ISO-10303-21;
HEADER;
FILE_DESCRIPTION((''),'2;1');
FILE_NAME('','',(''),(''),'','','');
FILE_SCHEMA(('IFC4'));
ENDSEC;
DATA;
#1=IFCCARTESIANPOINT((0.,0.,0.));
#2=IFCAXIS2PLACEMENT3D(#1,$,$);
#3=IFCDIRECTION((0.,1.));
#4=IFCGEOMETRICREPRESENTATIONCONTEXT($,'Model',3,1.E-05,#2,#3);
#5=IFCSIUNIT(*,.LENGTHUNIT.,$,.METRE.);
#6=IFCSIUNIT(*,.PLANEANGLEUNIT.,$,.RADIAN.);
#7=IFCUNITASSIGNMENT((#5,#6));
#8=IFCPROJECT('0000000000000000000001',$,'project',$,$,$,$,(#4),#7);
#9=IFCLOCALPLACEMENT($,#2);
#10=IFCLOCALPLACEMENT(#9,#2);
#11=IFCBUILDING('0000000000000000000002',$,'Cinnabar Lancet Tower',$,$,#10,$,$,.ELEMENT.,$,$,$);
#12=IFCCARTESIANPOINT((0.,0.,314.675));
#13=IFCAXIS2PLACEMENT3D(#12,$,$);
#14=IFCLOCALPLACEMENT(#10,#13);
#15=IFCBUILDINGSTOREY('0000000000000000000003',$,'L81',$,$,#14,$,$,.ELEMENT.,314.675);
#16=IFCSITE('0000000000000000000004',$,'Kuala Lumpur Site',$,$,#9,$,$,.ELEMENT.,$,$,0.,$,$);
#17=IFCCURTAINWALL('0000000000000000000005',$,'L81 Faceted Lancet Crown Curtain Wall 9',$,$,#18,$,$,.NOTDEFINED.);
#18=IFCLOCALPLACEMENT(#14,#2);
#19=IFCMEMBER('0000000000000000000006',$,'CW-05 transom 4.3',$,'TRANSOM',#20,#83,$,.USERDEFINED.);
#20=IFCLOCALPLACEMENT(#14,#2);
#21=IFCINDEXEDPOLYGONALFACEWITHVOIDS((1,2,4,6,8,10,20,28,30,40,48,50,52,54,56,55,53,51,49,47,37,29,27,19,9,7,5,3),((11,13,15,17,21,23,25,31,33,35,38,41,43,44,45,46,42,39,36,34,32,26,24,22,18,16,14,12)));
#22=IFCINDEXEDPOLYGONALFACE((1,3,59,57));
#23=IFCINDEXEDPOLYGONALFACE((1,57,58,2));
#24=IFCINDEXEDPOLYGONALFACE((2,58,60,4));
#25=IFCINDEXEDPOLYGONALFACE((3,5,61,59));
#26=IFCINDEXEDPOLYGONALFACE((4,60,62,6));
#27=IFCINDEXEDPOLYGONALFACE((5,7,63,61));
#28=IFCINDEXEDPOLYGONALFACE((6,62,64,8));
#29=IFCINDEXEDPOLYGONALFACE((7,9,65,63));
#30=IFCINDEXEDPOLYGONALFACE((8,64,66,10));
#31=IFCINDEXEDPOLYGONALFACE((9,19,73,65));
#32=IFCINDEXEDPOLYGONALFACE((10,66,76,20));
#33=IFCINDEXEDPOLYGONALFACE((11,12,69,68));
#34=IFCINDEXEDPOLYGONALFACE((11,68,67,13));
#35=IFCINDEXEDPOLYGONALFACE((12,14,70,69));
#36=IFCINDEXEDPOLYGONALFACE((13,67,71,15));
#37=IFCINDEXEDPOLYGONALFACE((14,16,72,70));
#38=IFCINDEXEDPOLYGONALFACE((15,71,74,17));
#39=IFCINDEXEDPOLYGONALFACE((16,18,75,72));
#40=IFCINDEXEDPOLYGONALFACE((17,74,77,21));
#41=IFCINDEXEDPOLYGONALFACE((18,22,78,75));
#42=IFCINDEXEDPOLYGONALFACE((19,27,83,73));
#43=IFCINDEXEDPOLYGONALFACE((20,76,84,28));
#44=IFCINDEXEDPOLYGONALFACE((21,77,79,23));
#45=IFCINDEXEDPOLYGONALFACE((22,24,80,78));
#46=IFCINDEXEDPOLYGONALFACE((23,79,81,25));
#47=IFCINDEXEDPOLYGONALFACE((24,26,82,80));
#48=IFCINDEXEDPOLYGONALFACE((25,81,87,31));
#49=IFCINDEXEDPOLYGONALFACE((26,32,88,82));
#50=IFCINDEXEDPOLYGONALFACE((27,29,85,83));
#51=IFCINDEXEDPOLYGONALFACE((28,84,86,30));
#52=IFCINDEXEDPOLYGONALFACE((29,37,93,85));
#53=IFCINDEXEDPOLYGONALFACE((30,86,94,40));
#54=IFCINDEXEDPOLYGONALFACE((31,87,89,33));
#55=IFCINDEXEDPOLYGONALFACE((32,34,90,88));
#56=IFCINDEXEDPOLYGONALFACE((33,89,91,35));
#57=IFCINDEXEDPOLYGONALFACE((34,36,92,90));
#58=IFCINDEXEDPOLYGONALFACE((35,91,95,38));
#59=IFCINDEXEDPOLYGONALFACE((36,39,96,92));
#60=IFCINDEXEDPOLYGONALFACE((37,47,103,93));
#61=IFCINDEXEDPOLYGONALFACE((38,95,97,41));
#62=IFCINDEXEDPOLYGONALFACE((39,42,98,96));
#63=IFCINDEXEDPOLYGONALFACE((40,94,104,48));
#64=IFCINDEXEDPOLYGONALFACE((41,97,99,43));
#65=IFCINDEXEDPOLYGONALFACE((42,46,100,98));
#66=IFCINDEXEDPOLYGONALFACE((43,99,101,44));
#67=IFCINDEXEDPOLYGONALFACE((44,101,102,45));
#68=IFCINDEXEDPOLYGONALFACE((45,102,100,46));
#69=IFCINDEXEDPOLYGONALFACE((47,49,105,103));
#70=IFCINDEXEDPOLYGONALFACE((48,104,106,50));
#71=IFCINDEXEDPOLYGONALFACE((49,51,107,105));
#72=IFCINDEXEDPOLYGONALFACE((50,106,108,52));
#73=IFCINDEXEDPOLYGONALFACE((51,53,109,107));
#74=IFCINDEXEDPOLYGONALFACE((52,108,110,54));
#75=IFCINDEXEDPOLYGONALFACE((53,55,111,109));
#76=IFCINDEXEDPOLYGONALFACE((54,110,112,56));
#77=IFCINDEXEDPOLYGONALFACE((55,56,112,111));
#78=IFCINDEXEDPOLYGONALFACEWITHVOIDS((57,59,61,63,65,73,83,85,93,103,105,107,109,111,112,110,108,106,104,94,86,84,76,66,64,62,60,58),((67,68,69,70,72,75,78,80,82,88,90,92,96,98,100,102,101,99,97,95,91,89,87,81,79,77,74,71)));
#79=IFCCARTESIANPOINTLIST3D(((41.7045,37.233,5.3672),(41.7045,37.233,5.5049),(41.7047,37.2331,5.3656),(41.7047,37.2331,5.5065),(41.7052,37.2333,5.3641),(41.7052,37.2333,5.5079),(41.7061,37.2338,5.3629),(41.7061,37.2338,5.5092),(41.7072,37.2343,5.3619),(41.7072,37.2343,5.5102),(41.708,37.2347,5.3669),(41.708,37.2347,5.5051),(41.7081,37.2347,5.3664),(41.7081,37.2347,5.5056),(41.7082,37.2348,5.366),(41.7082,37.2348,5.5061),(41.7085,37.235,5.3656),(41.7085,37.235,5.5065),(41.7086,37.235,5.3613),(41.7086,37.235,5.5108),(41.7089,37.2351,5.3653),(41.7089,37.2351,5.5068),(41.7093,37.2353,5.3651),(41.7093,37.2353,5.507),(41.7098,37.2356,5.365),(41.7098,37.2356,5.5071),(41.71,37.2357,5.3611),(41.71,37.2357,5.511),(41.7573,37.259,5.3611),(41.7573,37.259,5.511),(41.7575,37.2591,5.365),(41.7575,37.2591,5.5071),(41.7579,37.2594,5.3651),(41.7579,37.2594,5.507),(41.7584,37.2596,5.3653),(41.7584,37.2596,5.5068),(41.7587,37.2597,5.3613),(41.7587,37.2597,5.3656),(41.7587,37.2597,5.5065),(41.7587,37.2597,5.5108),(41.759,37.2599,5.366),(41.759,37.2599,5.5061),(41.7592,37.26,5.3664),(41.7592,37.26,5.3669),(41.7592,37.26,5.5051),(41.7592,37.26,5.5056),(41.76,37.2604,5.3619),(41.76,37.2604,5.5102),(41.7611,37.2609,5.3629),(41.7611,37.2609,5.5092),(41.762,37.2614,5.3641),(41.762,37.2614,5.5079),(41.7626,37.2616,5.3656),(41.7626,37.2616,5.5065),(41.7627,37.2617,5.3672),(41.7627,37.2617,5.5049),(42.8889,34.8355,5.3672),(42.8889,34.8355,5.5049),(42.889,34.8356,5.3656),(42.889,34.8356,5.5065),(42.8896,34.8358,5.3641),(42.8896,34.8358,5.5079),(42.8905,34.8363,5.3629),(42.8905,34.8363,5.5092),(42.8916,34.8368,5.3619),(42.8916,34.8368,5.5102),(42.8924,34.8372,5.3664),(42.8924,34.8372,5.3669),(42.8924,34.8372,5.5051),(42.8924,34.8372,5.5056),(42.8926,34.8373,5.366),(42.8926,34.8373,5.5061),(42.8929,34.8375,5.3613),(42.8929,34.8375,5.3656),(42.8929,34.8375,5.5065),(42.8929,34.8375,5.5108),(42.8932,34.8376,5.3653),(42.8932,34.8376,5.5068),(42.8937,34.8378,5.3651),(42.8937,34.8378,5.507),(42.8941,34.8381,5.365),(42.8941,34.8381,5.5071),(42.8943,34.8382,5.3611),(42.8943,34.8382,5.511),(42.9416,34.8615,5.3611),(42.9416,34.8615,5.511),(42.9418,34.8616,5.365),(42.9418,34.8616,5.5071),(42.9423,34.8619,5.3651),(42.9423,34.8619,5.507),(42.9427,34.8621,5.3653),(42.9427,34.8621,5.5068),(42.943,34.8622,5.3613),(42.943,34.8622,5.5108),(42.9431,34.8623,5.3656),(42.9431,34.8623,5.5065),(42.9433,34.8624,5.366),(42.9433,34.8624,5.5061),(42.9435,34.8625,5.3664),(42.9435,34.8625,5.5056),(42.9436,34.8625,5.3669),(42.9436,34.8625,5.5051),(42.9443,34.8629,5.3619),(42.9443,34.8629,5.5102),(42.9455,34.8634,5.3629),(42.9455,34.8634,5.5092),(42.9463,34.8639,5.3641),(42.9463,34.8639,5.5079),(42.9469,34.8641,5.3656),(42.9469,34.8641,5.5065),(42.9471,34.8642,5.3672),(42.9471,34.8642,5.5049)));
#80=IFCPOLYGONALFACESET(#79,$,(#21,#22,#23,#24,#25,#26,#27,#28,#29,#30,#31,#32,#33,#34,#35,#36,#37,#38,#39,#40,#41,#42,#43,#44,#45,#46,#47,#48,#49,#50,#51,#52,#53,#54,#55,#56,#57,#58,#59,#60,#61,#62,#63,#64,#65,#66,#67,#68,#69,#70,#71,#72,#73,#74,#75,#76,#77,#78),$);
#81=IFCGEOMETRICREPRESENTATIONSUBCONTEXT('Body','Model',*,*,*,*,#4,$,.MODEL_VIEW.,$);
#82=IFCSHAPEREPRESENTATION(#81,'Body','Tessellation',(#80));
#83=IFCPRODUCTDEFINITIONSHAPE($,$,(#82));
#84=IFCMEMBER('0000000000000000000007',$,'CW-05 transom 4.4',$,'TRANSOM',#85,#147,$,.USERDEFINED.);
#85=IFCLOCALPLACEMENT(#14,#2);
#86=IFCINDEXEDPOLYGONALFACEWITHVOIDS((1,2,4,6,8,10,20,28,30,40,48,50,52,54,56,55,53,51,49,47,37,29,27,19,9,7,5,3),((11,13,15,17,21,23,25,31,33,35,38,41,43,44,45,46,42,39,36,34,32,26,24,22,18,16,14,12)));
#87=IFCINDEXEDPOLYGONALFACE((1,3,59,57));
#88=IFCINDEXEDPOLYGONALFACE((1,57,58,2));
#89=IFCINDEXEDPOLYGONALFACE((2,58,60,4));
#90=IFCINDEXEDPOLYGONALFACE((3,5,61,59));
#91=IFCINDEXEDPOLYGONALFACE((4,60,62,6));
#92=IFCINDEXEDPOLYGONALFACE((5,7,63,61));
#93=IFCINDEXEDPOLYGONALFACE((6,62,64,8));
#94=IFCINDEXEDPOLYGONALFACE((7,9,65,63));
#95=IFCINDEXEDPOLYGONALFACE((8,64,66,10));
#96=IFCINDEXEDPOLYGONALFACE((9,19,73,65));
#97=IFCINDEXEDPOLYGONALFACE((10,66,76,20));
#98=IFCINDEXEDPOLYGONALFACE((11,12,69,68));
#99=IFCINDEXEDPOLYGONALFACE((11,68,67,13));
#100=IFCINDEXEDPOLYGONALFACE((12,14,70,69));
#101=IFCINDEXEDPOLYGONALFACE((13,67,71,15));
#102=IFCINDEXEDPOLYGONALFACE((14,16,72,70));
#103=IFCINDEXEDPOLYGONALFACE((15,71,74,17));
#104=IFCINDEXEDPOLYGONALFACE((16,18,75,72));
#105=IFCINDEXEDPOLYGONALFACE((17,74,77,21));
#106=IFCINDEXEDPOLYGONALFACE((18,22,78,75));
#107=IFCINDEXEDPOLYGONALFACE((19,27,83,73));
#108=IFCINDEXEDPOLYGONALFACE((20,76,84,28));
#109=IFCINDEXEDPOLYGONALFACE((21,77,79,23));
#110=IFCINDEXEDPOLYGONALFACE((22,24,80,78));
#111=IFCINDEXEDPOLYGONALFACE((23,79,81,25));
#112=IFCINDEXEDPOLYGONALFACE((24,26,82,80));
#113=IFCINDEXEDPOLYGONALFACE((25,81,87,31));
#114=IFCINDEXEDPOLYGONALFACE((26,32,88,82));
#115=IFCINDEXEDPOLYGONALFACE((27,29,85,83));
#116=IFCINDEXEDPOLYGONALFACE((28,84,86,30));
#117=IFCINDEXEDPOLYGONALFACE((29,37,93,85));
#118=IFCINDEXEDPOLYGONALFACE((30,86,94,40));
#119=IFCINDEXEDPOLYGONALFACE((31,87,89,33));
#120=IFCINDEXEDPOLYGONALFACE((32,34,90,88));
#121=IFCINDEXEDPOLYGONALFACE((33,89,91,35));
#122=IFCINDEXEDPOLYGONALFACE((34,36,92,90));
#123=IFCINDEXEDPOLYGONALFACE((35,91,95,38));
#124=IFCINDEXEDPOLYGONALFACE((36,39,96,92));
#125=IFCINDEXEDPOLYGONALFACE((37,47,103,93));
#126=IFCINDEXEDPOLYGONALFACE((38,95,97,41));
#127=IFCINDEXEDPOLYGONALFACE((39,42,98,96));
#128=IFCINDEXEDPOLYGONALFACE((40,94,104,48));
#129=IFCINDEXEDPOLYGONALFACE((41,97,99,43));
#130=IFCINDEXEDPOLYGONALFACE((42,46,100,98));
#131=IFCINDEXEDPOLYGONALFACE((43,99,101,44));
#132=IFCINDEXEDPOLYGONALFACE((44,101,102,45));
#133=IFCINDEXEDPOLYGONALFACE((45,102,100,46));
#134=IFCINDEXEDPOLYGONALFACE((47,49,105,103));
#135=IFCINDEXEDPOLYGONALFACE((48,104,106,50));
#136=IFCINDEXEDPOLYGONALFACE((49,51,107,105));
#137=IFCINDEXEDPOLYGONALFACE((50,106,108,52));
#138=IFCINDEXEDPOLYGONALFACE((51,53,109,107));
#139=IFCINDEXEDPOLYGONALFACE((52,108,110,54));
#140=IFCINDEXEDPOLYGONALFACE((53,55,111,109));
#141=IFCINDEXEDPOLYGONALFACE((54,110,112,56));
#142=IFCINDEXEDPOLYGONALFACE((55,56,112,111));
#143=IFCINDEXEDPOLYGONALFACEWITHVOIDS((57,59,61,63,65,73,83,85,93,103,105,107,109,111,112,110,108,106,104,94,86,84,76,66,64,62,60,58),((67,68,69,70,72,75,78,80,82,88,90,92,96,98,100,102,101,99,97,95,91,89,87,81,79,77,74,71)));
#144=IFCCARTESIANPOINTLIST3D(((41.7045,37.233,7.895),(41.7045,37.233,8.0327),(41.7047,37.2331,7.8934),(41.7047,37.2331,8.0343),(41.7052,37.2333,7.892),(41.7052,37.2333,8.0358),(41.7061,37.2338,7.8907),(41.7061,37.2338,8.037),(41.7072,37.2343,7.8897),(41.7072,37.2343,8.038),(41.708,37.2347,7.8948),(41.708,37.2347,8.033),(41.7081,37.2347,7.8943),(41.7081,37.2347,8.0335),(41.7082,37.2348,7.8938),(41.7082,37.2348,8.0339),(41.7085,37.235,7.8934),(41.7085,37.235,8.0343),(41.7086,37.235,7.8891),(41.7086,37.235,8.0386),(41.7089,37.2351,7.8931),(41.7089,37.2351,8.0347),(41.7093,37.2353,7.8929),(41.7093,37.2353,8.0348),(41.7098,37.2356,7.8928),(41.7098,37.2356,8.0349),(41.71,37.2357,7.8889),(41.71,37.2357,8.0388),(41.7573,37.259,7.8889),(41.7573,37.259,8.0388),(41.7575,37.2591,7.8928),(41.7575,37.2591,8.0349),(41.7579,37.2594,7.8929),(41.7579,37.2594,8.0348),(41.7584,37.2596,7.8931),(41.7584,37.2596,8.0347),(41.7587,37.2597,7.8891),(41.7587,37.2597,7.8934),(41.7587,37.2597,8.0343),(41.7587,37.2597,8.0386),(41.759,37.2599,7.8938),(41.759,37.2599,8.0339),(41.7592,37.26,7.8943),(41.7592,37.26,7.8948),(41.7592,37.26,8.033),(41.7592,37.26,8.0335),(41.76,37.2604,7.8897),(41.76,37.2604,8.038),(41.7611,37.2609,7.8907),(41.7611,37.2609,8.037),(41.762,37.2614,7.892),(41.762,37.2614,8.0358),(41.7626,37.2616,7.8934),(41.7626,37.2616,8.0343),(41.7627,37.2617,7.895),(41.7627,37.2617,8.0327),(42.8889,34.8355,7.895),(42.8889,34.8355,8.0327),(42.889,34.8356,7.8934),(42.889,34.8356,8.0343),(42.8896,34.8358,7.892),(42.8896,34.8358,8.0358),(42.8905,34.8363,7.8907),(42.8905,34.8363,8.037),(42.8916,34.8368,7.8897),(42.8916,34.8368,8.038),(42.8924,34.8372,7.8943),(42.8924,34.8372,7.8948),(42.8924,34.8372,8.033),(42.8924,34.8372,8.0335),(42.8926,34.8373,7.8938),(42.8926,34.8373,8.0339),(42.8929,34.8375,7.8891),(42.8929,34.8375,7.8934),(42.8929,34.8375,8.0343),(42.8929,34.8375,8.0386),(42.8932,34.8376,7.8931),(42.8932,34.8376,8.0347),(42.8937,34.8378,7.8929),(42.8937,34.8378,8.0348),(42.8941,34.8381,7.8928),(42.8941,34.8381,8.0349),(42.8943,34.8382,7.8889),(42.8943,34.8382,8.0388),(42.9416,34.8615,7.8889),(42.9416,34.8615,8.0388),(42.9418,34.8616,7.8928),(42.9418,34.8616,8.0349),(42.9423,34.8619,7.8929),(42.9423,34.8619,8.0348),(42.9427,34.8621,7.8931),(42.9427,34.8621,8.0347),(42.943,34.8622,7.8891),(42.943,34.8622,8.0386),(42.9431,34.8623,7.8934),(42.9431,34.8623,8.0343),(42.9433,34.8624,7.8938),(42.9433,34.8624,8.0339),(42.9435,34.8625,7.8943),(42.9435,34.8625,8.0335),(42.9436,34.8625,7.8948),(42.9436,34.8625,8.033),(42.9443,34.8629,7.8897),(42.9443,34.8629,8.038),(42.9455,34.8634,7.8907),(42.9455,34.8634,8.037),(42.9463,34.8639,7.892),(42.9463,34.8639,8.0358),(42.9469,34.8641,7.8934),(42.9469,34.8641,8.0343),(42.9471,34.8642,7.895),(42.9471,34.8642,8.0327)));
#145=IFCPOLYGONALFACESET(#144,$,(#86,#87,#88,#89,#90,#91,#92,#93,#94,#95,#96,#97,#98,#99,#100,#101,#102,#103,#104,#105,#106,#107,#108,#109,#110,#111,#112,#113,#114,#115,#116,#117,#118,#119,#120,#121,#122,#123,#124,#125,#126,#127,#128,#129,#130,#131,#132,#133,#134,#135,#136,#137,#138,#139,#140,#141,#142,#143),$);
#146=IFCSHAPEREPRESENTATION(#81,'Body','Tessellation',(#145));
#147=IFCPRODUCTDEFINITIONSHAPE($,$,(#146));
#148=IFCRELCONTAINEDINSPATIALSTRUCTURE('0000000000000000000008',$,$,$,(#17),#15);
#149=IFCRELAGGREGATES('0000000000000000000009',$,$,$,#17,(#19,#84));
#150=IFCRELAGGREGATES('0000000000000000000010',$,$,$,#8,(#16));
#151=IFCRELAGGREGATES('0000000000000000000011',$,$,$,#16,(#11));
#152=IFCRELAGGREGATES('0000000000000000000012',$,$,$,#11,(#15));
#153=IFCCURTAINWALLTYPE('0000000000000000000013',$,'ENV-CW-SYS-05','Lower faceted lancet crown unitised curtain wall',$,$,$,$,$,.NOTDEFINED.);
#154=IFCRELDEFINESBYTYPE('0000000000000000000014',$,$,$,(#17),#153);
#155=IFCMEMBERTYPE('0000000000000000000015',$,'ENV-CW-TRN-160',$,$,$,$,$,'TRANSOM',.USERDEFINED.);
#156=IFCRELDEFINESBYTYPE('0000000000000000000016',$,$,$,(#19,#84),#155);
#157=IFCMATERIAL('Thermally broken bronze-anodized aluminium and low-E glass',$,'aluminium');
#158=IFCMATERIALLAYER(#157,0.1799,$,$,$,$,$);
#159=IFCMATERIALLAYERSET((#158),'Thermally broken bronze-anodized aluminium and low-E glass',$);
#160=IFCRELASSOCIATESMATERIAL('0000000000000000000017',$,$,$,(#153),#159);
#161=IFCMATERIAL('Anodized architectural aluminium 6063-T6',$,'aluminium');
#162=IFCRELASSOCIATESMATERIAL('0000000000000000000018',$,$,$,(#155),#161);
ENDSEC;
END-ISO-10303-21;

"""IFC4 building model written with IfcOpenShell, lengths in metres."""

from ifc_helpers import new_model, si_unit, direction, frame, origin, origin_2d, place, context, subcontext, project, spatial, hollow_rectangle, extrude, material, layer, layer_set, material_profile, profile_set, type_object, element, aggregate, save


model = new_model("IFC4")

# Units and contexts
model_context = context("Model", 3, precision=1e-05, world=origin(), true_north=direction((0.0, 1.0)))
body_context = subcontext(model_context, "Body", "Model", "MODEL_VIEW")
ifc_project = project(units=[si_unit("LENGTHUNIT", "METRE"), si_unit("PLANEANGLEUNIT", "RADIAN")], contexts=[model_context])

# Site, building, storey
site_placement = place(None, origin())
site = spatial("IfcSite", under=ifc_project, at=site_placement, Name="Kuala Lumpur Site", CompositionType="ELEMENT", RefElevation=0.0)
building_placement = place(site_placement, origin())
building = spatial("IfcBuilding", under=site, at=building_placement, Name="Cinnabar Lancet Tower", CompositionType="ELEMENT")
storey_placement = place(building_placement, frame((0.0, 0.0, 314.675)))
storey = spatial("IfcBuildingStorey", under=building, at=storey_placement, Name="L81", CompositionType="ELEMENT", Elevation=314.675)

# Curtain wall
ifc_material_1 = material(Name="Thermally broken bronze-anodized aluminium and low-E glass", Category="aluminium")
ifc_layer_1 = layer(ifc_material_1, 0.1799)
ifc_layer_set_1 = layer_set([ifc_layer_1], Name="Thermally broken bronze-anodized aluminium and low-E glass")
curtain_wall_type = type_object("IfcCurtainWallType", Name="ENV-CW-SYS-05", Description="Lower faceted lancet crown unitised curtain wall", PredefinedType="NOTDEFINED", material=ifc_layer_set_1)
curtain_wall_1_placement = place(storey_placement, origin())
curtain_wall_1 = element("IfcCurtainWall", 1, at=curtain_wall_1_placement, inside=storey, type_object=curtain_wall_type, Name="L81 Faceted Lancet Crown Curtain Wall 9", PredefinedType="NOTDEFINED")

# Members
ifc_material_2 = material(Name="Anodized architectural aluminium 6063-T6", Category="aluminium")
ifc_material_profile_1 = material_profile(ifc_material_2, hollow_rectangle(XDim=0.0649, YDim=0.1499, WallThickness=0.0039, InnerFilletRadius=0.002, OuterFilletRadius=0.0061, at=origin_2d()), Name="CW-TRN 150x65x4")
ifc_profile_set_1 = profile_set([ifc_material_profile_1], Name="Anodized architectural aluminium 6063-T6")
member_type_1 = type_object("IfcMemberType", Name="ENV-CW-TRN-160", ElementType="TRANSOM", PredefinedType="USERDEFINED", material=ifc_profile_set_1)
member_1_placement = place(storey_placement, frame((42.918, 34.8499, 5.436), z_axis=(-0.442899, 0.896572, 0.0), x_axis=(-0.896572, -0.442899, 0.0)))
member_1 = element("IfcMember", 2, at=member_1_placement, type_object=member_type_1, Name="CW-05 transom 4.3", ObjectType="TRANSOM", PredefinedType="USERDEFINED", context=body_context, shape_type="SweptSolid", body=[
    extrude(hollow_rectangle(XDim=0.0649, YDim=0.1499, WallThickness=0.0039, InnerFilletRadius=0.002, OuterFilletRadius=0.0061, at=origin_2d()), origin(), (0.0, 0.0, 1.0), 2.6741),
])
member_2_placement = place(storey_placement, frame((42.918, 34.8499, 7.9639), z_axis=(-0.442899, 0.896572, 0.0), x_axis=(-0.896572, -0.442899, 0.0)))
member_2 = element("IfcMember", 3, at=member_2_placement, type_object=member_type_1, Name="CW-05 transom 4.4", ObjectType="TRANSOM", PredefinedType="USERDEFINED", context=body_context, shape_type="SweptSolid", body=[
    extrude(hollow_rectangle(XDim=0.0649, YDim=0.1499, WallThickness=0.0039, InnerFilletRadius=0.002, OuterFilletRadius=0.0061, at=origin_2d()), origin(), (0.0, 0.0, 1.0), 2.6741),
])

aggregate(curtain_wall_1, [member_1, member_2])

save(model, "model.ifc")
